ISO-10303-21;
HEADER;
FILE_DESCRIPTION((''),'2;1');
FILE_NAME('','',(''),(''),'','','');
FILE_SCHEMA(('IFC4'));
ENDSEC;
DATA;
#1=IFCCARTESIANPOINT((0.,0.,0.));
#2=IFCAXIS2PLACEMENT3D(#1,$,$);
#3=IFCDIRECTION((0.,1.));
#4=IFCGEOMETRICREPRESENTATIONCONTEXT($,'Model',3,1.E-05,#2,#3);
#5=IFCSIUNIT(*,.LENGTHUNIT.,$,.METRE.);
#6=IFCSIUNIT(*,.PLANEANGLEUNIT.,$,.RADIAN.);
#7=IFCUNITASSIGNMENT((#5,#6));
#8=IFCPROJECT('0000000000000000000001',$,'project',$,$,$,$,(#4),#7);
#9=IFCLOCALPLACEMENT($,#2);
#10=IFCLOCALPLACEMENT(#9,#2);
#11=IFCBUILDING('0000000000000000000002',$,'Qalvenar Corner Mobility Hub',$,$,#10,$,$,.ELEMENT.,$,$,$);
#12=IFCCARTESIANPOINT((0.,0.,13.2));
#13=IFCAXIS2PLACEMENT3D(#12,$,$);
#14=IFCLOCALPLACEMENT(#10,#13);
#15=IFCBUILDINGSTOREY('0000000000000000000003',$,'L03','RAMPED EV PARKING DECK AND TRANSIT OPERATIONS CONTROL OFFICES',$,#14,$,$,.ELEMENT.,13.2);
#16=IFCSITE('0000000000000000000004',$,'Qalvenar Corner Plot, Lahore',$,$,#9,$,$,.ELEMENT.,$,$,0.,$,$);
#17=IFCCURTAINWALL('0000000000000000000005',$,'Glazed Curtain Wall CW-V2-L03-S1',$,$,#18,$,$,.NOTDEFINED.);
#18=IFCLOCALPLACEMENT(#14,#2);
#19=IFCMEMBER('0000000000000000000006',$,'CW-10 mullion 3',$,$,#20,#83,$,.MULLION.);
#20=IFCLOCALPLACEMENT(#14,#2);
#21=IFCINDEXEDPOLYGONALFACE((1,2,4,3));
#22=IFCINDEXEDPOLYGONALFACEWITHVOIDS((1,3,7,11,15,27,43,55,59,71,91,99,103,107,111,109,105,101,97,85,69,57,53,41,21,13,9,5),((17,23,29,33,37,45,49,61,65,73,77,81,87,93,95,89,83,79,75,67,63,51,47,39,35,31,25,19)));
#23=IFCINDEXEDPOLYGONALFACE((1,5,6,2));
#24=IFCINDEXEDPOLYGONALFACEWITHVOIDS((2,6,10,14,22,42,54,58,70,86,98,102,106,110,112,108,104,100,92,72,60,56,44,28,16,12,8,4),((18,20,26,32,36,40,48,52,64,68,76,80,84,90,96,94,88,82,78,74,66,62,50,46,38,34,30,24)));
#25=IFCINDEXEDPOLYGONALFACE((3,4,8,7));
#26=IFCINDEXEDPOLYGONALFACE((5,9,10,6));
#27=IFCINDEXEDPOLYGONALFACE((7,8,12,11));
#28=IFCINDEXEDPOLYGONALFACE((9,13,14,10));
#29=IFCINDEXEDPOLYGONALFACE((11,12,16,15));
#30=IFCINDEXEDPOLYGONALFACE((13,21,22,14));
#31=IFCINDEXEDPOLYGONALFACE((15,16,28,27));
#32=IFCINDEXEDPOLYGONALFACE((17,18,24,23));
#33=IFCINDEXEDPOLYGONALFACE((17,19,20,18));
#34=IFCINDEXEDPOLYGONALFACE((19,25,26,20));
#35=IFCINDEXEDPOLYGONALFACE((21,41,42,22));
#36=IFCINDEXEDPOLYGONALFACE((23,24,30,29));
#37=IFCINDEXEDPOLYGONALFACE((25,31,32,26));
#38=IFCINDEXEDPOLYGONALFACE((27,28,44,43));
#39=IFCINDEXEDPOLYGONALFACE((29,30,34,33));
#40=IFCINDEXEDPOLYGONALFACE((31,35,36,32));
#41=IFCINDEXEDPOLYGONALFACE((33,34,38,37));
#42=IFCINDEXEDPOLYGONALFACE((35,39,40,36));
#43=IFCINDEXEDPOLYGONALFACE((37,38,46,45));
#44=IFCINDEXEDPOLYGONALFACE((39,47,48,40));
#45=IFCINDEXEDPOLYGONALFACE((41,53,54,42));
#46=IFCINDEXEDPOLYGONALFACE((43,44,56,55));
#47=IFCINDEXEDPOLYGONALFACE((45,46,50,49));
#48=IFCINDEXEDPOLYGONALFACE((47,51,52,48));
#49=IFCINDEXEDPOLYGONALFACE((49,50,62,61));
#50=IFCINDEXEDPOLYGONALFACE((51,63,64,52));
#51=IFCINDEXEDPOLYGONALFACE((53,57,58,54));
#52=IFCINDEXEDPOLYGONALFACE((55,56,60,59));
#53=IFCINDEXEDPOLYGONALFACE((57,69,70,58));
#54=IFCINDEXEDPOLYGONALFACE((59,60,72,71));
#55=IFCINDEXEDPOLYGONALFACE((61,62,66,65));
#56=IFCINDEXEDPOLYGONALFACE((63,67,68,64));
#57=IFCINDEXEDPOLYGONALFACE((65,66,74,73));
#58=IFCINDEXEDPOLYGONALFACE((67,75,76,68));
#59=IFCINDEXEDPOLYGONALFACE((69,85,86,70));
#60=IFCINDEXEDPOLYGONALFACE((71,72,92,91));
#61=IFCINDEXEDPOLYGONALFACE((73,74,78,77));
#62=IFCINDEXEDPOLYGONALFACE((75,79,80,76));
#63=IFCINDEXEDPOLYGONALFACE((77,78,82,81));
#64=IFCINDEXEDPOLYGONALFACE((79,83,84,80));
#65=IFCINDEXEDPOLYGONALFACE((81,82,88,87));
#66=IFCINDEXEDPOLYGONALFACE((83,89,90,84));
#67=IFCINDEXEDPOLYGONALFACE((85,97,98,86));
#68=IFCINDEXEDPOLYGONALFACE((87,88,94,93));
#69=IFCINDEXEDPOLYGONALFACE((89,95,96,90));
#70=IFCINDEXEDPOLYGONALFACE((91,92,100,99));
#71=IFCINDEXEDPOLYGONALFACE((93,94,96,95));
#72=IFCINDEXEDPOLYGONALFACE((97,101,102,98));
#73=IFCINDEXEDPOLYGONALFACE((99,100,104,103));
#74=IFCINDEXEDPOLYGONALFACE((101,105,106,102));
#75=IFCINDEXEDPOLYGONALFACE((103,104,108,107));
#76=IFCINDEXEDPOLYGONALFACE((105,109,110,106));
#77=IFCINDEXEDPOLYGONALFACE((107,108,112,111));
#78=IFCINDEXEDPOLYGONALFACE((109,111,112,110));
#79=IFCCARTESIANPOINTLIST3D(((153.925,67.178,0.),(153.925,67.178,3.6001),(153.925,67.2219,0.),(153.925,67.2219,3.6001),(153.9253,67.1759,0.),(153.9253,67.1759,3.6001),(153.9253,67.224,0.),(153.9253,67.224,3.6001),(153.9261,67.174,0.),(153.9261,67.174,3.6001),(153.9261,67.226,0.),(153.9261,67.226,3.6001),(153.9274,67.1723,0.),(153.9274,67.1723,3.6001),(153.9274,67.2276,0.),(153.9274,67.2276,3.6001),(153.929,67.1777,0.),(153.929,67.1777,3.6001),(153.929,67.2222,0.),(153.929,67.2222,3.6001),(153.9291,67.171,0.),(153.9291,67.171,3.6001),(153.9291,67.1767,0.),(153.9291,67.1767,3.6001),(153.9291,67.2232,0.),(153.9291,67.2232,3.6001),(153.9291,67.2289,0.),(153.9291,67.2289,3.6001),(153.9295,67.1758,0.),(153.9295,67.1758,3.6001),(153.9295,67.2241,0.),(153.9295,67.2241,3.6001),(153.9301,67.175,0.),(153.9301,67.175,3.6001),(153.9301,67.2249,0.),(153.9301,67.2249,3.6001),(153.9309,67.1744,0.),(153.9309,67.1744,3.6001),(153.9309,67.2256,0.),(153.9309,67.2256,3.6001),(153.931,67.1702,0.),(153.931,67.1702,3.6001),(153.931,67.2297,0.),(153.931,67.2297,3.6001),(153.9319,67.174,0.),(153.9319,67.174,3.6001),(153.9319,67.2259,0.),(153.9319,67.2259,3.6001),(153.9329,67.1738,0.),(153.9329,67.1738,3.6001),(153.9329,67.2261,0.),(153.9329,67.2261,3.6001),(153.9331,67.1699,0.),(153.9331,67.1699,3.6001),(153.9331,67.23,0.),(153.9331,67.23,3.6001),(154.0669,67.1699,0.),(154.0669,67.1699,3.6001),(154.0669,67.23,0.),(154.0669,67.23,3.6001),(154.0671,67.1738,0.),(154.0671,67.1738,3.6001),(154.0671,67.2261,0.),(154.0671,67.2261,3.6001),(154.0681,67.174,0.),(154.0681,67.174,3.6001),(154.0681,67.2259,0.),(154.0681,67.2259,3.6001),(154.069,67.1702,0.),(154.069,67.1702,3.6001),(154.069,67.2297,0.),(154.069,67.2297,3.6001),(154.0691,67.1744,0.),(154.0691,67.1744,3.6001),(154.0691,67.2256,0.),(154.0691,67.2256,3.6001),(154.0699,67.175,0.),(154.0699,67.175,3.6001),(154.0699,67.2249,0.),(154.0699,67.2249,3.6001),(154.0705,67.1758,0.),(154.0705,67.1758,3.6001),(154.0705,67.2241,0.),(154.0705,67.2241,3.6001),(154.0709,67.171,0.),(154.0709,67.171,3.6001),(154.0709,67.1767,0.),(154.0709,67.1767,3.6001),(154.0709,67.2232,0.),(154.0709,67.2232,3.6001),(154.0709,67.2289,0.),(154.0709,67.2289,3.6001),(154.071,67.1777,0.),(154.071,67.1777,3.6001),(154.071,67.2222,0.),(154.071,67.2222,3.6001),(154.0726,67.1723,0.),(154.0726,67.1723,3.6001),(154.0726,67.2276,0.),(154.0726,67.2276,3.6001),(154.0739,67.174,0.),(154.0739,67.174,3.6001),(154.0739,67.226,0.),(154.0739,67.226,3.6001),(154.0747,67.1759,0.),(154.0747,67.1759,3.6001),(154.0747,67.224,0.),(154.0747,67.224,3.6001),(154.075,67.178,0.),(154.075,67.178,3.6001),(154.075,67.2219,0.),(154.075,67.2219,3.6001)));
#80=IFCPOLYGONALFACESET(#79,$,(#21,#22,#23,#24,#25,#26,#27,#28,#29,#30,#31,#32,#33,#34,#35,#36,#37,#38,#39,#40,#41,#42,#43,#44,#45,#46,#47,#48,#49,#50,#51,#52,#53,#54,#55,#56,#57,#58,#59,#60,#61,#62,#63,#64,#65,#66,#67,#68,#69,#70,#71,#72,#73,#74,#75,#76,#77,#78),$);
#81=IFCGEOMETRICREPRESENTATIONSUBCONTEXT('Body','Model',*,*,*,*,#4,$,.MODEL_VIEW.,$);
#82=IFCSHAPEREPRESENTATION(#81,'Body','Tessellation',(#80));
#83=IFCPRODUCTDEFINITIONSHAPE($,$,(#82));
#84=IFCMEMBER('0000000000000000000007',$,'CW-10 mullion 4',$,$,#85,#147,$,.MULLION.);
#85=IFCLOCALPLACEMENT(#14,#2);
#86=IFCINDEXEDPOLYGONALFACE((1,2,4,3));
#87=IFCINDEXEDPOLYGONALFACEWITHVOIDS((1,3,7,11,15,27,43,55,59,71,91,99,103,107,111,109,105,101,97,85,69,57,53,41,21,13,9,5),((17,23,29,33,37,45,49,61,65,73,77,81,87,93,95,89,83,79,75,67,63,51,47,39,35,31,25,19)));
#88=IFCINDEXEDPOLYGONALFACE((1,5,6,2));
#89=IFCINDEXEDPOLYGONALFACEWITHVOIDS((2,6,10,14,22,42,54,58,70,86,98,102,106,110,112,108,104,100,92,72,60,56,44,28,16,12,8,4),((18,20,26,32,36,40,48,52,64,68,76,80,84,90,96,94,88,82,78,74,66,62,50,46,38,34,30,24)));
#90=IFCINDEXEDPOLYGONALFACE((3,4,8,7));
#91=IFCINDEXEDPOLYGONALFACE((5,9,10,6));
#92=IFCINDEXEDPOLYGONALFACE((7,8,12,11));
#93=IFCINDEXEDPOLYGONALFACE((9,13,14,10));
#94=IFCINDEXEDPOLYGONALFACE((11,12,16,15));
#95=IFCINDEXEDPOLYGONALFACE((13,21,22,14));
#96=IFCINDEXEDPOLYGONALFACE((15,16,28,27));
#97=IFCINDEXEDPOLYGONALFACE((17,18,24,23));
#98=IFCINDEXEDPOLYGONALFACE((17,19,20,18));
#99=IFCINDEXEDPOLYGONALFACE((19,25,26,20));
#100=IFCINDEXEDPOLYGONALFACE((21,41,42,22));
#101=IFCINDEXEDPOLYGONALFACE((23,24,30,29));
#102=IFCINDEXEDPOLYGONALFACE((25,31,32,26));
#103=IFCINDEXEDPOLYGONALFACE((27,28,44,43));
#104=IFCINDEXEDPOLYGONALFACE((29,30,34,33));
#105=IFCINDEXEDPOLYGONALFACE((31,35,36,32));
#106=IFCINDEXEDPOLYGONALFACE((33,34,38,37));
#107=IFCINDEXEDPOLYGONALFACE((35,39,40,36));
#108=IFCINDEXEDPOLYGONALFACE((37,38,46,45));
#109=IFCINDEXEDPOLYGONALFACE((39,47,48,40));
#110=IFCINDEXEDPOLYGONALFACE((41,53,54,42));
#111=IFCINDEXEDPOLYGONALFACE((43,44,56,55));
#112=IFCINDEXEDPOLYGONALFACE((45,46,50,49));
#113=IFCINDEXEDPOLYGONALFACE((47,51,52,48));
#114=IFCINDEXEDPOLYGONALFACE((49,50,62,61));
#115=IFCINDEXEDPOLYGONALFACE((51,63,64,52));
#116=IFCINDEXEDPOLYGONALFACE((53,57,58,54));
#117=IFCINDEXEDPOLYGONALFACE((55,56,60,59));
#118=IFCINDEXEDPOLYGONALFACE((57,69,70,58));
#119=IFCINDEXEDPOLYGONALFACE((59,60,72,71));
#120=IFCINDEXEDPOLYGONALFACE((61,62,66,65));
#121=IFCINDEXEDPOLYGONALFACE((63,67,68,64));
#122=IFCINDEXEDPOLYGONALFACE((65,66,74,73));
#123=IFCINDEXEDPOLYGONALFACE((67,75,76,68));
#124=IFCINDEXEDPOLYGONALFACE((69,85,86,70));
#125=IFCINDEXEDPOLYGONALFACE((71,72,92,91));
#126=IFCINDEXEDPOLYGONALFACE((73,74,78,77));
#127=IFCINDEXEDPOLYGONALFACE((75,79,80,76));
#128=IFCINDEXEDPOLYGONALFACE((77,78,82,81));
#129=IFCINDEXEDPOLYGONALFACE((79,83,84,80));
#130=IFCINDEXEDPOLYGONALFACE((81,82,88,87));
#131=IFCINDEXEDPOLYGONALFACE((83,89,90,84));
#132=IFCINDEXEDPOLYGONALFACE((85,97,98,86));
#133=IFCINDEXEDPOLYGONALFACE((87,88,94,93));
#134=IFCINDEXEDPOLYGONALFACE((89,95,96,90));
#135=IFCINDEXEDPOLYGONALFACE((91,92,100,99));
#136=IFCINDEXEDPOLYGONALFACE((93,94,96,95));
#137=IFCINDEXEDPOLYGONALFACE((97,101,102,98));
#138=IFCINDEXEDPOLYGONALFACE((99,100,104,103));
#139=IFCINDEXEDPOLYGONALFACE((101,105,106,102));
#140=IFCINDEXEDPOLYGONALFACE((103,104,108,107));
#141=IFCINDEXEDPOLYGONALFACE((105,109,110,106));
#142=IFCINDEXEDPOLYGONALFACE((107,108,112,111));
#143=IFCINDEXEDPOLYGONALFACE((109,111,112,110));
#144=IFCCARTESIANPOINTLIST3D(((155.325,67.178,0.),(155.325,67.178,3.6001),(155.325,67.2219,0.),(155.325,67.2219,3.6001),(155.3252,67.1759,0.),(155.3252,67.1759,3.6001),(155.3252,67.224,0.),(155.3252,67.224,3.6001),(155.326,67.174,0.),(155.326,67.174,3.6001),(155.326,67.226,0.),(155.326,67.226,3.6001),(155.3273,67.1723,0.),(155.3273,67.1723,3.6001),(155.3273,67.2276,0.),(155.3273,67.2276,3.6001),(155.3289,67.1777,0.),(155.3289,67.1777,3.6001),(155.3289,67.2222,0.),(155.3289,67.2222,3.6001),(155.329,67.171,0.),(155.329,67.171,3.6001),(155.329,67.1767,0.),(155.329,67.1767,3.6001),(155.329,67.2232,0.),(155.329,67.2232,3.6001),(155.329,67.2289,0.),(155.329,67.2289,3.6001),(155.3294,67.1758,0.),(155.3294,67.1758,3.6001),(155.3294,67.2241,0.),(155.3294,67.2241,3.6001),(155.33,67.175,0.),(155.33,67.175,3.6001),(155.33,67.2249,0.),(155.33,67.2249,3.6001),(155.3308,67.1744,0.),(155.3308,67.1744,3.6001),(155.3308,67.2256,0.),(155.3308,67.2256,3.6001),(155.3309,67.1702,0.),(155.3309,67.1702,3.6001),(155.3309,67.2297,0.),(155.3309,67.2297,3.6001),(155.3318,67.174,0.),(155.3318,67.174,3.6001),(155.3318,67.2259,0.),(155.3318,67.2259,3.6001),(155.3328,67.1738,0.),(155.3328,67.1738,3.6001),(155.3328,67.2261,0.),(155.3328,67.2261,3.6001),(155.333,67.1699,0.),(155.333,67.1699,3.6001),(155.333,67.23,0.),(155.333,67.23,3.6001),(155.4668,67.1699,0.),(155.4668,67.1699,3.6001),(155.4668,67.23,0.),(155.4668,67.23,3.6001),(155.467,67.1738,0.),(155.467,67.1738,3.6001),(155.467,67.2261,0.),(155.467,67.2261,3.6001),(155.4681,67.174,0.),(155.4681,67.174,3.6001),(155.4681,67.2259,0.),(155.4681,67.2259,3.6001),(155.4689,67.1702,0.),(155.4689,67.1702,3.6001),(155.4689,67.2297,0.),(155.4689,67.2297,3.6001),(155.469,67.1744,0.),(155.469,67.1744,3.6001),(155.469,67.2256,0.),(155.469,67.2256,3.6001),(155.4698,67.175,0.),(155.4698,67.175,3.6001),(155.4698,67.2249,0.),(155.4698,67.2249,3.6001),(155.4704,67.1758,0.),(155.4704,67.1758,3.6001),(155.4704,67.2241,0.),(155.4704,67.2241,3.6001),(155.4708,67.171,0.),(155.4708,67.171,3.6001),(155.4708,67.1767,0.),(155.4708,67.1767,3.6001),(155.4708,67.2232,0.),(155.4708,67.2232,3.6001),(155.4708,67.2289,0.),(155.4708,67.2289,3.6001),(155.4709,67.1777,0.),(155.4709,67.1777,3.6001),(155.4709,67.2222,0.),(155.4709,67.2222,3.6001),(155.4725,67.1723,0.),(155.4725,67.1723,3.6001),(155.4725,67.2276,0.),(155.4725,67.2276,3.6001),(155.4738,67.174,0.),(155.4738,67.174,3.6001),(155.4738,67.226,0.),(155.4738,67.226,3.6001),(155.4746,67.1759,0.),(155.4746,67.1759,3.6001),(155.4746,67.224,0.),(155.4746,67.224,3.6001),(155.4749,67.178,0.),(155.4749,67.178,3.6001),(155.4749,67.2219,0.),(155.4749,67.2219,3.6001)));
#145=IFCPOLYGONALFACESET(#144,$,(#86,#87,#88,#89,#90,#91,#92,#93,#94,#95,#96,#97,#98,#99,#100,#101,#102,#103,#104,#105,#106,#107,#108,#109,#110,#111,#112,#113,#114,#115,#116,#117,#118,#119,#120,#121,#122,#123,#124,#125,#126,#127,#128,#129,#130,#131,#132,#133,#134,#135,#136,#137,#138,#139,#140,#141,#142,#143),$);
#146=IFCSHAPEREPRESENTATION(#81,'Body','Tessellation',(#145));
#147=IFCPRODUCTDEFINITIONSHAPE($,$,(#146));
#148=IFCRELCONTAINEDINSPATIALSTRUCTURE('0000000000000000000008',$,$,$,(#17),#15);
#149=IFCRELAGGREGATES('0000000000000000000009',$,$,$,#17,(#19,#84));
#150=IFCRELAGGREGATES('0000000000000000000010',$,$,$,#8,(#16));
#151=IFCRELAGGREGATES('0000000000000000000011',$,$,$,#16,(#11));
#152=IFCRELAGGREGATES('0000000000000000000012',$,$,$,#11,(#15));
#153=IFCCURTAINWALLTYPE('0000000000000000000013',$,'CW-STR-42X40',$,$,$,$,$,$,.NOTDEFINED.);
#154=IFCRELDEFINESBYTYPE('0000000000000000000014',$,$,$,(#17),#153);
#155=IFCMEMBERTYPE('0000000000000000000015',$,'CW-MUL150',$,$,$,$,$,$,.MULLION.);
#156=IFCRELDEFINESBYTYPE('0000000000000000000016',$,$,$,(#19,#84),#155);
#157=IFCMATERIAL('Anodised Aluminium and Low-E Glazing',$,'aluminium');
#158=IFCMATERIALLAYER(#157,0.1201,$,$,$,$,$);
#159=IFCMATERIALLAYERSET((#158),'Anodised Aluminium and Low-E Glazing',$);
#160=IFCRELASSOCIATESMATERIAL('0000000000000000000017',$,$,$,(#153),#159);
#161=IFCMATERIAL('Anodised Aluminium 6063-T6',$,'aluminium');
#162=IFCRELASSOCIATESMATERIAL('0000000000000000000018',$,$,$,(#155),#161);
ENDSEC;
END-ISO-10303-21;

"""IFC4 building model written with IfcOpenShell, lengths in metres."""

from ifc_helpers import new_model, si_unit, direction, frame, origin, origin_2d, place, context, subcontext, project, spatial, hollow_rectangle, extrude, material, layer, layer_set, material_profile, profile_set, type_object, element, aggregate, save


model = new_model("IFC4")

# Units and contexts
model_context = context("Model", 3, precision=1e-05, world=origin(), true_north=direction((0.0, 1.0)))
body_context = subcontext(model_context, "Body", "Model", "MODEL_VIEW")
ifc_project = project(units=[si_unit("LENGTHUNIT", "METRE"), si_unit("PLANEANGLEUNIT", "RADIAN")], contexts=[model_context])

# Site, building, storey
site_placement = place(None, origin())
site = spatial("IfcSite", under=ifc_project, at=site_placement, Name="Qalvenar Corner Plot, Lahore", CompositionType="ELEMENT", RefElevation=0.0)
building_placement = place(site_placement, origin())
building = spatial("IfcBuilding", under=site, at=building_placement, Name="Qalvenar Corner Mobility Hub", CompositionType="ELEMENT")
storey_placement = place(building_placement, frame((0.0, 0.0, 13.2)))
storey = spatial("IfcBuildingStorey", under=building, at=storey_placement, Name="L03", Description="RAMPED EV PARKING DECK AND TRANSIT OPERATIONS CONTROL OFFICES", CompositionType="ELEMENT", Elevation=13.2)

# Curtain wall, members
ifc_material_1 = material(Name="Anodised Aluminium and Low-E Glazing", Category="aluminium")
ifc_layer_1 = layer(ifc_material_1, 0.1201)
ifc_layer_set_1 = layer_set([ifc_layer_1], Name="Anodised Aluminium and Low-E Glazing")
curtain_wall_type = type_object("IfcCurtainWallType", Name="CW-STR-42X40", PredefinedType="NOTDEFINED", material=ifc_layer_set_1)
curtain_wall_placement = place(storey_placement, origin())
curtain_wall = element("IfcCurtainWall", 1, at=curtain_wall_placement, inside=storey, type_object=curtain_wall_type, Name="Glazed Curtain Wall CW-V2-L03-S1", PredefinedType="NOTDEFINED")
ifc_material_2 = material(Name="Anodised Aluminium 6063-T6", Category="aluminium")
ifc_material_profile_1 = material_profile(ifc_material_2, hollow_rectangle(XDim=0.0601, YDim=0.1499, WallThickness=0.0039, InnerFilletRadius=0.0039, OuterFilletRadius=0.0081, at=origin_2d()), Name="RHS150x60x4")
ifc_profile_set_1 = profile_set([ifc_material_profile_1], Name="Anodised Aluminium 6063-T6")
member_type_1 = type_object("IfcMemberType", Name="CW-MUL150", PredefinedType="MULLION", material=ifc_profile_set_1)
member_1_placement = place(storey_placement, frame((154.0, 67.2, 0.0), z_axis=(0.0, 0.0, 1.0), x_axis=(0.0, 1.0, 0.0)))
member_1 = element("IfcMember", 2, at=member_1_placement, type_object=member_type_1, Name="CW-10 mullion 3", PredefinedType="MULLION", context=body_context, shape_type="SweptSolid", body=[
    extrude(hollow_rectangle(XDim=0.0601, YDim=0.1499, WallThickness=0.0039, InnerFilletRadius=0.0039, OuterFilletRadius=0.0081, at=origin_2d()), origin(), (0.0, 0.0, 1.0), 3.6001),
])
member_2_placement = place(storey_placement, frame((155.3999, 67.2, 0.0), z_axis=(0.0, 0.0, 1.0), x_axis=(0.0, 1.0, 0.0)))
member_2 = element("IfcMember", 3, at=member_2_placement, type_object=member_type_1, Name="CW-10 mullion 4", PredefinedType="MULLION", context=body_context, shape_type="SweptSolid", body=[
    extrude(hollow_rectangle(XDim=0.0601, YDim=0.1499, WallThickness=0.0039, InnerFilletRadius=0.0039, OuterFilletRadius=0.0081, at=origin_2d()), origin(), (0.0, 0.0, 1.0), 3.6001),
])
aggregate(curtain_wall, [member_1, member_2])

save(model, "model.ifc")
